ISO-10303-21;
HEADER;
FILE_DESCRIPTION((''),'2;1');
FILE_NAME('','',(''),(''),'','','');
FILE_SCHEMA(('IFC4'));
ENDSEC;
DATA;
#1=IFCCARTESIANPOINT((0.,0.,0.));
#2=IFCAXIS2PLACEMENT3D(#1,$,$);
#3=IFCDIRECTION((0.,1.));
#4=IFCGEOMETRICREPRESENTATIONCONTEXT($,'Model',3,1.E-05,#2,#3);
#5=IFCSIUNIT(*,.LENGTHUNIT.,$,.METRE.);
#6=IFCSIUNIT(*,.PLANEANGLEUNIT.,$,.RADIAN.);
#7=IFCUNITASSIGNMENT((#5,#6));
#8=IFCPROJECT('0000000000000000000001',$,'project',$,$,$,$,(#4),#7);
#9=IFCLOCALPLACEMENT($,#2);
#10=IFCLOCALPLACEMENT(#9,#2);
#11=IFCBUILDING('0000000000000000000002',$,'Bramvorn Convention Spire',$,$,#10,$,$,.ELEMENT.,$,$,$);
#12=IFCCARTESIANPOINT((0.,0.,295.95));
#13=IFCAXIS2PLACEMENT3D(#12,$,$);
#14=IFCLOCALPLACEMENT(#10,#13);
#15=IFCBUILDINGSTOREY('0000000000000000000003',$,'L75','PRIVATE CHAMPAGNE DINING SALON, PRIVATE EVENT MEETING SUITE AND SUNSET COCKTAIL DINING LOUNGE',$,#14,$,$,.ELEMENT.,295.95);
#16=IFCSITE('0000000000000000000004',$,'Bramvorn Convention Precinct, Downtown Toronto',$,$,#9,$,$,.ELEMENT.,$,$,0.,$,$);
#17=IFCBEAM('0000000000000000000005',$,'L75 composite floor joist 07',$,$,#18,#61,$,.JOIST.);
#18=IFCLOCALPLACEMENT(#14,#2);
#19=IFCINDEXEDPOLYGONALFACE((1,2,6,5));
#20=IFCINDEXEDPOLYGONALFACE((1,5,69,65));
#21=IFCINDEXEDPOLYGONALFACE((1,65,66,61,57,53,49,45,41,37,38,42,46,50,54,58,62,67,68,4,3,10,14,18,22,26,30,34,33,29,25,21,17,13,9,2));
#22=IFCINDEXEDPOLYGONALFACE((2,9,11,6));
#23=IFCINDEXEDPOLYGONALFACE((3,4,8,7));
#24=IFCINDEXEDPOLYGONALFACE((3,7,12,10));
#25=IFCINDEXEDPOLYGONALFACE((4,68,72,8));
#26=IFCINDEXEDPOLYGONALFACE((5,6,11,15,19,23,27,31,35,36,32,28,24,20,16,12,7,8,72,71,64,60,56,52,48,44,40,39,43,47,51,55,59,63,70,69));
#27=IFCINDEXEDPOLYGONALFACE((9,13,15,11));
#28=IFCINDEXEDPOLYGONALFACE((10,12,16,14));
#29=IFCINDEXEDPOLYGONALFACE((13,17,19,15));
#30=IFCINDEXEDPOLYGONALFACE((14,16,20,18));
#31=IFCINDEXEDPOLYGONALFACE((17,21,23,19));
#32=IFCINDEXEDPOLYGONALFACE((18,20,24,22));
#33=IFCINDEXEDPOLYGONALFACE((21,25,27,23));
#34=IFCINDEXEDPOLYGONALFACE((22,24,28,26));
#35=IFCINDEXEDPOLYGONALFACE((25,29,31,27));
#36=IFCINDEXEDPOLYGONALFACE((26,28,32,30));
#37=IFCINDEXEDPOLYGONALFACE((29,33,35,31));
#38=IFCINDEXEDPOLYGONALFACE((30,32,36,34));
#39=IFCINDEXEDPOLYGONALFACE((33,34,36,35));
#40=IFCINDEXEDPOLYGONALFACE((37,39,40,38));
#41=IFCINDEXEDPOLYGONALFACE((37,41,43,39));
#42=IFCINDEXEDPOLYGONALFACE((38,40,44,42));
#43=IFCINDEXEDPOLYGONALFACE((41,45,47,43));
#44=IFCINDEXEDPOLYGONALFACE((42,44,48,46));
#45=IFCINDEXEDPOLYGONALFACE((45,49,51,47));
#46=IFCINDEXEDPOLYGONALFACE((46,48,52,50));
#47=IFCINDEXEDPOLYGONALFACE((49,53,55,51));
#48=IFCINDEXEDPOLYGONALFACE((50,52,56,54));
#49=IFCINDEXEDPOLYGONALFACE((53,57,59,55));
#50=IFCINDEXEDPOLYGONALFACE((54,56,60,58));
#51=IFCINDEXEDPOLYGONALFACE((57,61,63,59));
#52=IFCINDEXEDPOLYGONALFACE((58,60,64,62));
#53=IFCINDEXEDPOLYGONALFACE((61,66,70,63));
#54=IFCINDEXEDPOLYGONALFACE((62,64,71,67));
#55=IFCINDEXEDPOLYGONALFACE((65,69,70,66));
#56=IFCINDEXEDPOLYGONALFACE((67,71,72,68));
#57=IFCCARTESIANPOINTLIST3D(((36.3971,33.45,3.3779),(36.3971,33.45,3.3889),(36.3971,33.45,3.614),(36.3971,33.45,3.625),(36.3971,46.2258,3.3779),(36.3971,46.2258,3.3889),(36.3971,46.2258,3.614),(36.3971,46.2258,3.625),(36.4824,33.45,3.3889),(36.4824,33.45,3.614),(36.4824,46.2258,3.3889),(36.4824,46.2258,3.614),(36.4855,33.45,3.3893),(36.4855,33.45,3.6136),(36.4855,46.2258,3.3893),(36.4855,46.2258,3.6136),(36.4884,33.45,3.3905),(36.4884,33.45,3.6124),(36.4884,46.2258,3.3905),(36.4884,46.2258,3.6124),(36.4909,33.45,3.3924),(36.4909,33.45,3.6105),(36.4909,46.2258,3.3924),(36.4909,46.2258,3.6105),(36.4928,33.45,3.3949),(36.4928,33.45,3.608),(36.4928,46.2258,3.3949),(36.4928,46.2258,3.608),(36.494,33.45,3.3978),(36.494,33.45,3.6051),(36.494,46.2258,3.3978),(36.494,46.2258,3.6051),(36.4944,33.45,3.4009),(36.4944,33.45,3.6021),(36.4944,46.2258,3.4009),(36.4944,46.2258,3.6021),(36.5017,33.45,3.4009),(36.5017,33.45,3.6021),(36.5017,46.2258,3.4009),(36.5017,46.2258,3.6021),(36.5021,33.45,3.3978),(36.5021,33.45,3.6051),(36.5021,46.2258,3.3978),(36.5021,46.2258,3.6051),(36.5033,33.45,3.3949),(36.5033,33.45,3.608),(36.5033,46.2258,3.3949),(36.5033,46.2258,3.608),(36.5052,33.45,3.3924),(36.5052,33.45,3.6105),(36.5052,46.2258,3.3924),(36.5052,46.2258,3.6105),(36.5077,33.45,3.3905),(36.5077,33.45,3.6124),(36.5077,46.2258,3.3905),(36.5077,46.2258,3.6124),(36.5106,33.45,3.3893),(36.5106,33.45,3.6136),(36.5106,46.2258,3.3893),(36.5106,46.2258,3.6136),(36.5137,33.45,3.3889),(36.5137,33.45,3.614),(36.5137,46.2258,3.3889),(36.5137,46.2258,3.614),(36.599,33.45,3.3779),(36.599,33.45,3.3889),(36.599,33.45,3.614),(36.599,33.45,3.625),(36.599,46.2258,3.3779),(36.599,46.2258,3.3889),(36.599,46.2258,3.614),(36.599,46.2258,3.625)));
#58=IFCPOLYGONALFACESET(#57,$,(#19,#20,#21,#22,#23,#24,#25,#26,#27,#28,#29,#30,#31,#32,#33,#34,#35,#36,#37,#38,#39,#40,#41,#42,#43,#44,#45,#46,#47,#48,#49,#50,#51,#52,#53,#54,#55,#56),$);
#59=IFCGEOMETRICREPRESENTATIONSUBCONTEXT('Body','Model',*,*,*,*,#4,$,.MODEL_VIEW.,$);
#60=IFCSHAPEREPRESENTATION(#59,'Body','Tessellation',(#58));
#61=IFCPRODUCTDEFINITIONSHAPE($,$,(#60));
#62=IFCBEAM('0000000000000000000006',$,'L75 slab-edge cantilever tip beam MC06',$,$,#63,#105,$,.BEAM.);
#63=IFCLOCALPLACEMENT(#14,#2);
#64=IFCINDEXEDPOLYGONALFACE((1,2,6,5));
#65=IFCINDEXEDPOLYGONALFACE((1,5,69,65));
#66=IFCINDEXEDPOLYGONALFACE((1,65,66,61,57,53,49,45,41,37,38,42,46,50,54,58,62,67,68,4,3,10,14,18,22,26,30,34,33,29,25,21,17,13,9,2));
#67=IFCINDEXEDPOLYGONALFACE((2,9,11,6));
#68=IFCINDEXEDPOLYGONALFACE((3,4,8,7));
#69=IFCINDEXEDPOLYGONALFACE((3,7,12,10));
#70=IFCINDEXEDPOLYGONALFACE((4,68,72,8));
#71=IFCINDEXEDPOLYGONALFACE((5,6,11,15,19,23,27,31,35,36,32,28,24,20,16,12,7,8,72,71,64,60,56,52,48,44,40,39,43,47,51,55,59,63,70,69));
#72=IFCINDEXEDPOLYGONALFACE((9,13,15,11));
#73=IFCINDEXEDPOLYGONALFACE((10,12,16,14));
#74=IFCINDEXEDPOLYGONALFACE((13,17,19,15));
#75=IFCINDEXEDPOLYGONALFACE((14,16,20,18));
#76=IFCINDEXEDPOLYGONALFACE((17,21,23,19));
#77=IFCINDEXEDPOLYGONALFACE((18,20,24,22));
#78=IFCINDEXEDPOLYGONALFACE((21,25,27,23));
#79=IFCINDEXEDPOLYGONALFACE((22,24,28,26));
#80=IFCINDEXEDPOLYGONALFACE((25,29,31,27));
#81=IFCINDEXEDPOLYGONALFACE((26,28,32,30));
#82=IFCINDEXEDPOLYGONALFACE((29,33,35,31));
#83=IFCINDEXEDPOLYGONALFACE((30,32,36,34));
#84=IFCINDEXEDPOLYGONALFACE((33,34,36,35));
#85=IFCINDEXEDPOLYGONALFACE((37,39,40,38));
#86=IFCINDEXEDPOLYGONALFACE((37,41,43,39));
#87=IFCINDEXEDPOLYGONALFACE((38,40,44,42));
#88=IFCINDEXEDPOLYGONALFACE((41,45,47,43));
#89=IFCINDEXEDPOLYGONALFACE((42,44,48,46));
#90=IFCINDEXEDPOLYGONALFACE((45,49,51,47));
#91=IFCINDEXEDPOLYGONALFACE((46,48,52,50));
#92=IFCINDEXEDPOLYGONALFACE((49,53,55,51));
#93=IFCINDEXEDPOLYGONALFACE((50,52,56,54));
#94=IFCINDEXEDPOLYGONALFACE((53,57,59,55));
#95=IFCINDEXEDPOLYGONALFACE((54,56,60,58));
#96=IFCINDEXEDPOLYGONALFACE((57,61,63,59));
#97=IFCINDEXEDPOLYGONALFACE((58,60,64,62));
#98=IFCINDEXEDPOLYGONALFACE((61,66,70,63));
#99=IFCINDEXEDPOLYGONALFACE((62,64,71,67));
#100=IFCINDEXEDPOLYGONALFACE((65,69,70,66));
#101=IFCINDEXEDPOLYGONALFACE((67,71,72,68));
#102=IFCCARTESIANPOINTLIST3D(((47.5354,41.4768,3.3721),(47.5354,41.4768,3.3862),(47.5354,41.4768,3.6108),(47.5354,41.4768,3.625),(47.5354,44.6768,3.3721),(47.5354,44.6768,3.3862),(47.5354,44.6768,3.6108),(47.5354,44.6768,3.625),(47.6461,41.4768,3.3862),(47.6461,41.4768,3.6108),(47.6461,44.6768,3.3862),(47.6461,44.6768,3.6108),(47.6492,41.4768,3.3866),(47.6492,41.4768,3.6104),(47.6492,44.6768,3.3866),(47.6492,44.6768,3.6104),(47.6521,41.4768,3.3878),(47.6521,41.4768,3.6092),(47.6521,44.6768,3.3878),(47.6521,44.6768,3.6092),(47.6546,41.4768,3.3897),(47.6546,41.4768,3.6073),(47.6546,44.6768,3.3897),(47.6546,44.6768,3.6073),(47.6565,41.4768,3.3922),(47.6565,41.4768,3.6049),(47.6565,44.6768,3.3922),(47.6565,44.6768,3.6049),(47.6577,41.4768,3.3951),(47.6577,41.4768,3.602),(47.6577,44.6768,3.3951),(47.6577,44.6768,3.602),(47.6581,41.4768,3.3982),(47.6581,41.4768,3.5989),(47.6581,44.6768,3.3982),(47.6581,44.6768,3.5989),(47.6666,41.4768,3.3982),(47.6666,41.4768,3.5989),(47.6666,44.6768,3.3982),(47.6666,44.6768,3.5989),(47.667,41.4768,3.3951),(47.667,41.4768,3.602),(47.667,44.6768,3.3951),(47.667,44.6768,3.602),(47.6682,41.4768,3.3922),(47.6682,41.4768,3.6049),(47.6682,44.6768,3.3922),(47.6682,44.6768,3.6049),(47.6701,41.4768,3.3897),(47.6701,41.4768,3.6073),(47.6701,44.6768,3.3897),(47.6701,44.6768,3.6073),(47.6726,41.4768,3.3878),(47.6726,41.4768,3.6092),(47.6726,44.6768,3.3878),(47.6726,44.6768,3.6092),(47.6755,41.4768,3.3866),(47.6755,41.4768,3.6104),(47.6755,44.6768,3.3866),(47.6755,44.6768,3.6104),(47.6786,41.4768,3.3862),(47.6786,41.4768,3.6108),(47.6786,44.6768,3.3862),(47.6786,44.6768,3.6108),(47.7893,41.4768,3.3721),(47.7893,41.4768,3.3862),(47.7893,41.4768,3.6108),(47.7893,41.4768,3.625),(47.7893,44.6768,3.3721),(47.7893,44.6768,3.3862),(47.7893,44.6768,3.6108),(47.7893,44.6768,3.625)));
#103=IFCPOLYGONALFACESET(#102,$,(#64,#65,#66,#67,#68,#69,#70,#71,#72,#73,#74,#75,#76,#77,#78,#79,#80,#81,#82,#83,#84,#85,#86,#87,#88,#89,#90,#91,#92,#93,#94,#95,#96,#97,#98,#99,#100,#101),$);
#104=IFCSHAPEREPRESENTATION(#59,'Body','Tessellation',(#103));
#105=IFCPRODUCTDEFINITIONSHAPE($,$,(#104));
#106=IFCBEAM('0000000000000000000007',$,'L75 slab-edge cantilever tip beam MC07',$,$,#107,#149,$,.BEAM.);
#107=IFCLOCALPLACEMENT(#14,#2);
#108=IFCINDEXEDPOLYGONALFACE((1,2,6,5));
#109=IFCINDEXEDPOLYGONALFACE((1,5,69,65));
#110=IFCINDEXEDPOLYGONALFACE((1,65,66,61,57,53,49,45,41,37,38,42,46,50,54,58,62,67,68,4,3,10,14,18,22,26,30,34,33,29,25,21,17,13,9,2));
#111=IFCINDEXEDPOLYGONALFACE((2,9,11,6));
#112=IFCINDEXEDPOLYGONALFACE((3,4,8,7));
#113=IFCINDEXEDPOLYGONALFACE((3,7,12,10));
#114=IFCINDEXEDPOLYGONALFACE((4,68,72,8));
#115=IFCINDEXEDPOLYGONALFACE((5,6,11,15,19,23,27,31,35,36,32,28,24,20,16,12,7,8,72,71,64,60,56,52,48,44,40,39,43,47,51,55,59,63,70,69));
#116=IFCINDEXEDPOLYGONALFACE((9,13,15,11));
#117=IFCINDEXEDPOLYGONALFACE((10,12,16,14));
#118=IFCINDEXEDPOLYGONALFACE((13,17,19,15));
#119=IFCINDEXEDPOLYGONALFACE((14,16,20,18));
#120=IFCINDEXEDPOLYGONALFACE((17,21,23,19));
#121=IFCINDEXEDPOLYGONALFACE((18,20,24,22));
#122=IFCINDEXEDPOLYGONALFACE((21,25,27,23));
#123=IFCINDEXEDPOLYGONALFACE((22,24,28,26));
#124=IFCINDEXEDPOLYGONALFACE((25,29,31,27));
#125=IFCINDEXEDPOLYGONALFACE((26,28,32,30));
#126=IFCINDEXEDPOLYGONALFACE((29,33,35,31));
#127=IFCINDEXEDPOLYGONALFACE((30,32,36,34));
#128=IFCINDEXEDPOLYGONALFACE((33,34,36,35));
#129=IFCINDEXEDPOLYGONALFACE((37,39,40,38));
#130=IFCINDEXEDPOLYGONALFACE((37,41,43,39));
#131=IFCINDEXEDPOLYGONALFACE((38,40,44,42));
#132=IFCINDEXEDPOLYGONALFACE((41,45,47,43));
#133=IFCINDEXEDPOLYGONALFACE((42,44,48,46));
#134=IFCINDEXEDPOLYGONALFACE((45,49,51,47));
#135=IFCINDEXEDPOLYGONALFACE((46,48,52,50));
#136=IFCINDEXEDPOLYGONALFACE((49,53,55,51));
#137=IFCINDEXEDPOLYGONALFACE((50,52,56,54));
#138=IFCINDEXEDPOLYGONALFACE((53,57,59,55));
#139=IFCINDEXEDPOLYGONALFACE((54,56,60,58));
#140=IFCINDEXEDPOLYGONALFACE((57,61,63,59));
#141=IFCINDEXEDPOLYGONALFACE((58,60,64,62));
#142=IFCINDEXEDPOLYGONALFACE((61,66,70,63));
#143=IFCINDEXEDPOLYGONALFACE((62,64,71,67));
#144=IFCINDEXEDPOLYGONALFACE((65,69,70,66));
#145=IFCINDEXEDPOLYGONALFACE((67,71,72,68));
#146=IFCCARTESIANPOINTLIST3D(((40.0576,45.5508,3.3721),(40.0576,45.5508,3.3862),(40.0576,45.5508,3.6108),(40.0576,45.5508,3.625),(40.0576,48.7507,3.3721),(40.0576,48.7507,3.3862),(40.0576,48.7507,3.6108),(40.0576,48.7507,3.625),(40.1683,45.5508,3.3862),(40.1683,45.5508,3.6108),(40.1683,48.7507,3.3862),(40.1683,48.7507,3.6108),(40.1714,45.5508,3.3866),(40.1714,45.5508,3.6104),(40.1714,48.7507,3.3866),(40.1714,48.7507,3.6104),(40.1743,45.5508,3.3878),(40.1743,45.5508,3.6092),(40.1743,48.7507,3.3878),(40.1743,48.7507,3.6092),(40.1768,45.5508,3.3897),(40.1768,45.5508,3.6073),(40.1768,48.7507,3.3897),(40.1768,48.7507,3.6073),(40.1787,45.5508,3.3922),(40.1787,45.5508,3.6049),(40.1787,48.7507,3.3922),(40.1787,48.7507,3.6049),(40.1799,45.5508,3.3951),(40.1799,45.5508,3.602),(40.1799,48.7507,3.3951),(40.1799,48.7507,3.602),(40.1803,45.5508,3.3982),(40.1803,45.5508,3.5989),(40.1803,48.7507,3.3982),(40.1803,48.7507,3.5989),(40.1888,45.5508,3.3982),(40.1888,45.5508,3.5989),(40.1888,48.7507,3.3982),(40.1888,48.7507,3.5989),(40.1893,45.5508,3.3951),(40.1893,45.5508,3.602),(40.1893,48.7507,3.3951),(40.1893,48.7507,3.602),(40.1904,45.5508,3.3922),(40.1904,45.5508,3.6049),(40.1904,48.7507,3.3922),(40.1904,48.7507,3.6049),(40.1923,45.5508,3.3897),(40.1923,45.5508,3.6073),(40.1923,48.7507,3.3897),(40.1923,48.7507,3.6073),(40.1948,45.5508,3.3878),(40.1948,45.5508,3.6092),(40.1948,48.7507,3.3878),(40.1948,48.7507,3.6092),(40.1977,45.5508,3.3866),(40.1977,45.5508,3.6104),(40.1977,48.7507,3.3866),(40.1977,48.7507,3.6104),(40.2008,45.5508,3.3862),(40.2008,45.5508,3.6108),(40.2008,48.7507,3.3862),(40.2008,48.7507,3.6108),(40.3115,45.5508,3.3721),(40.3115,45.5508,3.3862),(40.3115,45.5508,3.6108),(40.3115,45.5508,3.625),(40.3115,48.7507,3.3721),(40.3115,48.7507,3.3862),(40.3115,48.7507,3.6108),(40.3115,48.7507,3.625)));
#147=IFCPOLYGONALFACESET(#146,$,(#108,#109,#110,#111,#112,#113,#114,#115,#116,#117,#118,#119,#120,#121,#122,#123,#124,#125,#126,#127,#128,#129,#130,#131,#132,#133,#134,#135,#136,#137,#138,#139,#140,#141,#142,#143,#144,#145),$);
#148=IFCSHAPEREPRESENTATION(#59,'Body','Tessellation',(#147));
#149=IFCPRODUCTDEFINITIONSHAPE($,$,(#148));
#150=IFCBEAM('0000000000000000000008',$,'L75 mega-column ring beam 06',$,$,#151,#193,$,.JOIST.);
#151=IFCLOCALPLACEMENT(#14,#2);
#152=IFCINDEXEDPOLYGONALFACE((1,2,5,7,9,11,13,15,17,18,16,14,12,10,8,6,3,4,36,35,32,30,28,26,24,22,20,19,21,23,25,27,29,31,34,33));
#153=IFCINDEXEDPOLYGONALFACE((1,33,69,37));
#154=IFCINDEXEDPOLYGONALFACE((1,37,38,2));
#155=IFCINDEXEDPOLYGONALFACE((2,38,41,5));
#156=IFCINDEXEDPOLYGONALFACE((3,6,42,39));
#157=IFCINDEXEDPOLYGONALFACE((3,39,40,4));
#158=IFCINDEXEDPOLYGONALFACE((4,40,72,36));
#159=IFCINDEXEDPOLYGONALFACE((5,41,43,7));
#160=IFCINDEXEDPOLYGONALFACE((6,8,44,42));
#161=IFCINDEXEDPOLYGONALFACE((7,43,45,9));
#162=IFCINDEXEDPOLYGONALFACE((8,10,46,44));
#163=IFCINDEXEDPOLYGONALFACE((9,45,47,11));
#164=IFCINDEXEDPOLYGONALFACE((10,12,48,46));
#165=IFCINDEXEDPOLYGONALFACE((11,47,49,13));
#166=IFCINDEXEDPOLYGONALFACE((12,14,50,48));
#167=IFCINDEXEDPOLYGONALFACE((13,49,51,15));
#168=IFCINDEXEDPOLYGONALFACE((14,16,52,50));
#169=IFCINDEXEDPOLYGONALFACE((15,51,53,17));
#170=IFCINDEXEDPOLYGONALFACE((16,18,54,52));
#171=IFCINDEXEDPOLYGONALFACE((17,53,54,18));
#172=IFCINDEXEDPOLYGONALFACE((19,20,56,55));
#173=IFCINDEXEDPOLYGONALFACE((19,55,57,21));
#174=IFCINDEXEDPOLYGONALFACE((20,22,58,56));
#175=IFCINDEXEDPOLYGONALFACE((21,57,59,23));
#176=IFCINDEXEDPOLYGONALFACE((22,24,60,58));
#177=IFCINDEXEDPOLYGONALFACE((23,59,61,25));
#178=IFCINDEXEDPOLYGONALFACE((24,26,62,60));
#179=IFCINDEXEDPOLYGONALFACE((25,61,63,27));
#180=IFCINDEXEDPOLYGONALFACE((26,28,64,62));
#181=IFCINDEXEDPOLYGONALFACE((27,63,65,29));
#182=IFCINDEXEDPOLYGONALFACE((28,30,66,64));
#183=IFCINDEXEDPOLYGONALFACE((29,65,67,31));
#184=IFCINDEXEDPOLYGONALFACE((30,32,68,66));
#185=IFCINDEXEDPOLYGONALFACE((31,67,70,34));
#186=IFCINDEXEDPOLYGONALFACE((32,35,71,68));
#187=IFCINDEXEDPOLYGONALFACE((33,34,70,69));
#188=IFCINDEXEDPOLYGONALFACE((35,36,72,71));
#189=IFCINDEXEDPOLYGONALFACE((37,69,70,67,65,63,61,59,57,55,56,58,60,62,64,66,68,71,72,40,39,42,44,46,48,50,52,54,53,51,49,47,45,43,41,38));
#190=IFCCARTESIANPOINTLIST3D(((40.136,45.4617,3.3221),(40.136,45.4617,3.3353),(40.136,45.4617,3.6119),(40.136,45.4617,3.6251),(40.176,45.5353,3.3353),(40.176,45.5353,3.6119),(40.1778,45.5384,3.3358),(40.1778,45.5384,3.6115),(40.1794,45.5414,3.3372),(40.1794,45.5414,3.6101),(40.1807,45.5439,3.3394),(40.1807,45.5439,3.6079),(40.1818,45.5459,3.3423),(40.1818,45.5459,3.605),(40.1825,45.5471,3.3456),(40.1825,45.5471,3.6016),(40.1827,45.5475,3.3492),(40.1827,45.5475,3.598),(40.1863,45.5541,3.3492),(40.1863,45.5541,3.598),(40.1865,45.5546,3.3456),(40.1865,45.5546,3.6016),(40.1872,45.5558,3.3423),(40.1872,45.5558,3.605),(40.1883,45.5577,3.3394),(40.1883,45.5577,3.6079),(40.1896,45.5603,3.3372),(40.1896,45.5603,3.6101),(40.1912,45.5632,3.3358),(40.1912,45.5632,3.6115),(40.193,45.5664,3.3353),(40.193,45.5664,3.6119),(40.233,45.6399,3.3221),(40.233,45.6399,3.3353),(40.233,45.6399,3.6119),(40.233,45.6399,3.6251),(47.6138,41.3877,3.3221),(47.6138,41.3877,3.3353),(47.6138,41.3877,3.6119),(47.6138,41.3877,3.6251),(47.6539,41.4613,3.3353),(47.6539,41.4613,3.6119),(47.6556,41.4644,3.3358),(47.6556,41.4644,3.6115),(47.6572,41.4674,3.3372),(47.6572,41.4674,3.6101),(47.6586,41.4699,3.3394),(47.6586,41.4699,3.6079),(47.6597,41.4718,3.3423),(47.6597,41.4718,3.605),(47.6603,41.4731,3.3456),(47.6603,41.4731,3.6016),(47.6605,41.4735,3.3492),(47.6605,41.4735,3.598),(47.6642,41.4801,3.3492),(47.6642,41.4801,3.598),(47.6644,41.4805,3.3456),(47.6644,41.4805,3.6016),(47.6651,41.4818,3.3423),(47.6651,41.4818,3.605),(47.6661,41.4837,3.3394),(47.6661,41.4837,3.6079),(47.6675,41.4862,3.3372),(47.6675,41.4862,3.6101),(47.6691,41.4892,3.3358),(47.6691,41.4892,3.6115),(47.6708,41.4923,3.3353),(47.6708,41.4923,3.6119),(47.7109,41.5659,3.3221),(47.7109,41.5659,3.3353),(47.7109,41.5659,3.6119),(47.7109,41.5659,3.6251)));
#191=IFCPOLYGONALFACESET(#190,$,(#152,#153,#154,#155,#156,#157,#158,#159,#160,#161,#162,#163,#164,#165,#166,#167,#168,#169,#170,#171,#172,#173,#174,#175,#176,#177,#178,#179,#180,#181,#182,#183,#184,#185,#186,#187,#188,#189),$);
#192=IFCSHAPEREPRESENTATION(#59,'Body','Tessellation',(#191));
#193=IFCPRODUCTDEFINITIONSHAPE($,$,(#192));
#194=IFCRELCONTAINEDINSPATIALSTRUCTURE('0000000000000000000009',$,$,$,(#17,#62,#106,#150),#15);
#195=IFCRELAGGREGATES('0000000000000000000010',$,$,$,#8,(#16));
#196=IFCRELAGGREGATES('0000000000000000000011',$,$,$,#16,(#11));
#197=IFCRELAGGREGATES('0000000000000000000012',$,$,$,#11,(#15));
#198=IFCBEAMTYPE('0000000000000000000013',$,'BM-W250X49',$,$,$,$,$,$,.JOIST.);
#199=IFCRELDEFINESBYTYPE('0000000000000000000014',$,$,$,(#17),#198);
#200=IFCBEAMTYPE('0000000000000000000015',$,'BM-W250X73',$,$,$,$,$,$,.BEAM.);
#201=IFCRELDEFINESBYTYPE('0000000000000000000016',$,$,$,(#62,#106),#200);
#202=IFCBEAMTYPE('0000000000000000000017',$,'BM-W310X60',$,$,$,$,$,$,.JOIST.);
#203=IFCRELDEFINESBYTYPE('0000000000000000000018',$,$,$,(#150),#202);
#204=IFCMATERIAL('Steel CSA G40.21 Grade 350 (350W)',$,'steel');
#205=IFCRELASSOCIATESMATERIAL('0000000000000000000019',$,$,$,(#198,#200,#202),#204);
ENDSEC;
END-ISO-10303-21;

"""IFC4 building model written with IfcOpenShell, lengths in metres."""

from ifc_helpers import new_model, si_unit, direction, frame, origin, origin_2d, place, context, subcontext, project, spatial, i_section, extrude, material, material_profile, profile_set, type_object, element, save


model = new_model("IFC4")

# Units and contexts
model_context = context("Model", 3, precision=1e-05, world=origin(), true_north=direction((0.0, 1.0)))
body_context = subcontext(model_context, "Body", "Model", "MODEL_VIEW")
ifc_project = project(units=[si_unit("LENGTHUNIT", "METRE"), si_unit("PLANEANGLEUNIT", "RADIAN")], contexts=[model_context])

# Site, building, storey
site_placement = place(None, origin())
site = spatial("IfcSite", under=ifc_project, at=site_placement, Name="Bramvorn Convention Precinct, Downtown Toronto", CompositionType="ELEMENT", RefElevation=0.0)
building_placement = place(site_placement, origin())
building = spatial("IfcBuilding", under=site, at=building_placement, Name="Bramvorn Convention Spire", CompositionType="ELEMENT")
storey_placement = place(building_placement, frame((0.0, 0.0, 295.95)))
storey = spatial("IfcBuildingStorey", under=building, at=storey_placement, Name="L75", Description="PRIVATE CHAMPAGNE DINING SALON, PRIVATE EVENT MEETING SUITE AND SUNSET COCKTAIL DINING LOUNGE", CompositionType="ELEMENT", Elevation=295.95)

# Shared definitions
ifc_material_1 = material(Name="Steel CSA G40.21 Grade 350 (350W)", Category="steel")

# Beams
ifc_material_profile_1 = material_profile(ifc_material_1, i_section(OverallWidth=0.2019, OverallDepth=0.2471, WebThickness=0.0073, FlangeThickness=0.011, FilletRadius=0.012, at=origin_2d()))
ifc_profile_set_1 = profile_set([ifc_material_profile_1], Name="Steel CSA G40.21 Grade 350 (350W) - W250X49")
beam_type_1 = type_object("IfcBeamType", Name="BM-W250X49", PredefinedType="JOIST", material=ifc_profile_set_1)
beam_1_placement = place(storey_placement, frame((36.498, 33.45, 3.5015), z_axis=(0.0, 1.0, 0.0), x_axis=(-1.0, 0.0, 0.0)))
element("IfcBeam", 1, at=beam_1_placement, inside=storey, type_object=beam_type_1, Name="L75 composite floor joist 07", PredefinedType="JOIST", context=body_context, shape_type="SweptSolid", body=[
    extrude(i_section(OverallWidth=0.2019, OverallDepth=0.2471, WebThickness=0.0073, FlangeThickness=0.011, FilletRadius=0.012, at=origin_2d()), origin(), (0.0, 0.0, 1.0), 12.7759),
])
ifc_material_profile_2 = material_profile(ifc_material_1, i_section(OverallWidth=0.2539, OverallDepth=0.2529, WebThickness=0.0085, FlangeThickness=0.0142, FilletRadius=0.012, at=origin_2d()))
ifc_profile_set_2 = profile_set([ifc_material_profile_2], Name="Steel CSA G40.21 Grade 350 (350W) - W250X73")
beam_type_2 = type_object("IfcBeamType", Name="BM-W250X73", PredefinedType="BEAM", material=ifc_profile_set_2)
for number, where, z_axis, x_axis, name in (
    (2, (47.6624, 41.4768, 3.4985), (0.0, 1.0, 0.0), (-1.0, 0.0, 0.0), "L75 slab-edge cantilever tip beam MC06"),
    (3, (40.1846, 45.5508, 3.4985), (0.0, 1.0, 0.0), (-1.0, 0.0, 0.0), "L75 slab-edge cantilever tip beam MC07"),
):
    element("IfcBeam", number, at=place(storey_placement, frame(where, z_axis=z_axis, x_axis=x_axis)), inside=storey, type_object=beam_type_2, Name=name, PredefinedType="BEAM", context=body_context, shape_type="SweptSolid", body=[
        extrude(i_section(OverallWidth=0.2539, OverallDepth=0.2529, WebThickness=0.0085, FlangeThickness=0.0142, FilletRadius=0.012, at=origin_2d()), origin(), (0.0, 0.0, 1.0), 3.2),
    ])
ifc_material_profile_3 = material_profile(ifc_material_1, i_section(OverallWidth=0.2029, OverallDepth=0.303, WebThickness=0.0076, FlangeThickness=0.0132, FilletRadius=0.0139, at=origin_2d()))
ifc_profile_set_3 = profile_set([ifc_material_profile_3], Name="Steel CSA G40.21 Grade 350 (350W) - W310X60")
beam_type_3 = type_object("IfcBeamType", Name="BM-W310X60", PredefinedType="JOIST", material=ifc_profile_set_3)
beam_2_placement = place(storey_placement, frame((47.6624, 41.4768, 3.4736), z_axis=(-0.878133, 0.478416, 0.0), x_axis=(-0.478416, -0.878133, 0.0)))
element("IfcBeam", 4, at=beam_2_placement, inside=storey, type_object=beam_type_3, Name="L75 mega-column ring beam 06", PredefinedType="JOIST", context=body_context, shape_type="SweptSolid", body=[
    extrude(i_section(OverallWidth=0.2029, OverallDepth=0.303, WebThickness=0.0076, FlangeThickness=0.0132, FilletRadius=0.0139, at=origin_2d()), origin(), (0.0, 0.0, 1.0), 8.5156),
])

save(model, "model.ifc")
